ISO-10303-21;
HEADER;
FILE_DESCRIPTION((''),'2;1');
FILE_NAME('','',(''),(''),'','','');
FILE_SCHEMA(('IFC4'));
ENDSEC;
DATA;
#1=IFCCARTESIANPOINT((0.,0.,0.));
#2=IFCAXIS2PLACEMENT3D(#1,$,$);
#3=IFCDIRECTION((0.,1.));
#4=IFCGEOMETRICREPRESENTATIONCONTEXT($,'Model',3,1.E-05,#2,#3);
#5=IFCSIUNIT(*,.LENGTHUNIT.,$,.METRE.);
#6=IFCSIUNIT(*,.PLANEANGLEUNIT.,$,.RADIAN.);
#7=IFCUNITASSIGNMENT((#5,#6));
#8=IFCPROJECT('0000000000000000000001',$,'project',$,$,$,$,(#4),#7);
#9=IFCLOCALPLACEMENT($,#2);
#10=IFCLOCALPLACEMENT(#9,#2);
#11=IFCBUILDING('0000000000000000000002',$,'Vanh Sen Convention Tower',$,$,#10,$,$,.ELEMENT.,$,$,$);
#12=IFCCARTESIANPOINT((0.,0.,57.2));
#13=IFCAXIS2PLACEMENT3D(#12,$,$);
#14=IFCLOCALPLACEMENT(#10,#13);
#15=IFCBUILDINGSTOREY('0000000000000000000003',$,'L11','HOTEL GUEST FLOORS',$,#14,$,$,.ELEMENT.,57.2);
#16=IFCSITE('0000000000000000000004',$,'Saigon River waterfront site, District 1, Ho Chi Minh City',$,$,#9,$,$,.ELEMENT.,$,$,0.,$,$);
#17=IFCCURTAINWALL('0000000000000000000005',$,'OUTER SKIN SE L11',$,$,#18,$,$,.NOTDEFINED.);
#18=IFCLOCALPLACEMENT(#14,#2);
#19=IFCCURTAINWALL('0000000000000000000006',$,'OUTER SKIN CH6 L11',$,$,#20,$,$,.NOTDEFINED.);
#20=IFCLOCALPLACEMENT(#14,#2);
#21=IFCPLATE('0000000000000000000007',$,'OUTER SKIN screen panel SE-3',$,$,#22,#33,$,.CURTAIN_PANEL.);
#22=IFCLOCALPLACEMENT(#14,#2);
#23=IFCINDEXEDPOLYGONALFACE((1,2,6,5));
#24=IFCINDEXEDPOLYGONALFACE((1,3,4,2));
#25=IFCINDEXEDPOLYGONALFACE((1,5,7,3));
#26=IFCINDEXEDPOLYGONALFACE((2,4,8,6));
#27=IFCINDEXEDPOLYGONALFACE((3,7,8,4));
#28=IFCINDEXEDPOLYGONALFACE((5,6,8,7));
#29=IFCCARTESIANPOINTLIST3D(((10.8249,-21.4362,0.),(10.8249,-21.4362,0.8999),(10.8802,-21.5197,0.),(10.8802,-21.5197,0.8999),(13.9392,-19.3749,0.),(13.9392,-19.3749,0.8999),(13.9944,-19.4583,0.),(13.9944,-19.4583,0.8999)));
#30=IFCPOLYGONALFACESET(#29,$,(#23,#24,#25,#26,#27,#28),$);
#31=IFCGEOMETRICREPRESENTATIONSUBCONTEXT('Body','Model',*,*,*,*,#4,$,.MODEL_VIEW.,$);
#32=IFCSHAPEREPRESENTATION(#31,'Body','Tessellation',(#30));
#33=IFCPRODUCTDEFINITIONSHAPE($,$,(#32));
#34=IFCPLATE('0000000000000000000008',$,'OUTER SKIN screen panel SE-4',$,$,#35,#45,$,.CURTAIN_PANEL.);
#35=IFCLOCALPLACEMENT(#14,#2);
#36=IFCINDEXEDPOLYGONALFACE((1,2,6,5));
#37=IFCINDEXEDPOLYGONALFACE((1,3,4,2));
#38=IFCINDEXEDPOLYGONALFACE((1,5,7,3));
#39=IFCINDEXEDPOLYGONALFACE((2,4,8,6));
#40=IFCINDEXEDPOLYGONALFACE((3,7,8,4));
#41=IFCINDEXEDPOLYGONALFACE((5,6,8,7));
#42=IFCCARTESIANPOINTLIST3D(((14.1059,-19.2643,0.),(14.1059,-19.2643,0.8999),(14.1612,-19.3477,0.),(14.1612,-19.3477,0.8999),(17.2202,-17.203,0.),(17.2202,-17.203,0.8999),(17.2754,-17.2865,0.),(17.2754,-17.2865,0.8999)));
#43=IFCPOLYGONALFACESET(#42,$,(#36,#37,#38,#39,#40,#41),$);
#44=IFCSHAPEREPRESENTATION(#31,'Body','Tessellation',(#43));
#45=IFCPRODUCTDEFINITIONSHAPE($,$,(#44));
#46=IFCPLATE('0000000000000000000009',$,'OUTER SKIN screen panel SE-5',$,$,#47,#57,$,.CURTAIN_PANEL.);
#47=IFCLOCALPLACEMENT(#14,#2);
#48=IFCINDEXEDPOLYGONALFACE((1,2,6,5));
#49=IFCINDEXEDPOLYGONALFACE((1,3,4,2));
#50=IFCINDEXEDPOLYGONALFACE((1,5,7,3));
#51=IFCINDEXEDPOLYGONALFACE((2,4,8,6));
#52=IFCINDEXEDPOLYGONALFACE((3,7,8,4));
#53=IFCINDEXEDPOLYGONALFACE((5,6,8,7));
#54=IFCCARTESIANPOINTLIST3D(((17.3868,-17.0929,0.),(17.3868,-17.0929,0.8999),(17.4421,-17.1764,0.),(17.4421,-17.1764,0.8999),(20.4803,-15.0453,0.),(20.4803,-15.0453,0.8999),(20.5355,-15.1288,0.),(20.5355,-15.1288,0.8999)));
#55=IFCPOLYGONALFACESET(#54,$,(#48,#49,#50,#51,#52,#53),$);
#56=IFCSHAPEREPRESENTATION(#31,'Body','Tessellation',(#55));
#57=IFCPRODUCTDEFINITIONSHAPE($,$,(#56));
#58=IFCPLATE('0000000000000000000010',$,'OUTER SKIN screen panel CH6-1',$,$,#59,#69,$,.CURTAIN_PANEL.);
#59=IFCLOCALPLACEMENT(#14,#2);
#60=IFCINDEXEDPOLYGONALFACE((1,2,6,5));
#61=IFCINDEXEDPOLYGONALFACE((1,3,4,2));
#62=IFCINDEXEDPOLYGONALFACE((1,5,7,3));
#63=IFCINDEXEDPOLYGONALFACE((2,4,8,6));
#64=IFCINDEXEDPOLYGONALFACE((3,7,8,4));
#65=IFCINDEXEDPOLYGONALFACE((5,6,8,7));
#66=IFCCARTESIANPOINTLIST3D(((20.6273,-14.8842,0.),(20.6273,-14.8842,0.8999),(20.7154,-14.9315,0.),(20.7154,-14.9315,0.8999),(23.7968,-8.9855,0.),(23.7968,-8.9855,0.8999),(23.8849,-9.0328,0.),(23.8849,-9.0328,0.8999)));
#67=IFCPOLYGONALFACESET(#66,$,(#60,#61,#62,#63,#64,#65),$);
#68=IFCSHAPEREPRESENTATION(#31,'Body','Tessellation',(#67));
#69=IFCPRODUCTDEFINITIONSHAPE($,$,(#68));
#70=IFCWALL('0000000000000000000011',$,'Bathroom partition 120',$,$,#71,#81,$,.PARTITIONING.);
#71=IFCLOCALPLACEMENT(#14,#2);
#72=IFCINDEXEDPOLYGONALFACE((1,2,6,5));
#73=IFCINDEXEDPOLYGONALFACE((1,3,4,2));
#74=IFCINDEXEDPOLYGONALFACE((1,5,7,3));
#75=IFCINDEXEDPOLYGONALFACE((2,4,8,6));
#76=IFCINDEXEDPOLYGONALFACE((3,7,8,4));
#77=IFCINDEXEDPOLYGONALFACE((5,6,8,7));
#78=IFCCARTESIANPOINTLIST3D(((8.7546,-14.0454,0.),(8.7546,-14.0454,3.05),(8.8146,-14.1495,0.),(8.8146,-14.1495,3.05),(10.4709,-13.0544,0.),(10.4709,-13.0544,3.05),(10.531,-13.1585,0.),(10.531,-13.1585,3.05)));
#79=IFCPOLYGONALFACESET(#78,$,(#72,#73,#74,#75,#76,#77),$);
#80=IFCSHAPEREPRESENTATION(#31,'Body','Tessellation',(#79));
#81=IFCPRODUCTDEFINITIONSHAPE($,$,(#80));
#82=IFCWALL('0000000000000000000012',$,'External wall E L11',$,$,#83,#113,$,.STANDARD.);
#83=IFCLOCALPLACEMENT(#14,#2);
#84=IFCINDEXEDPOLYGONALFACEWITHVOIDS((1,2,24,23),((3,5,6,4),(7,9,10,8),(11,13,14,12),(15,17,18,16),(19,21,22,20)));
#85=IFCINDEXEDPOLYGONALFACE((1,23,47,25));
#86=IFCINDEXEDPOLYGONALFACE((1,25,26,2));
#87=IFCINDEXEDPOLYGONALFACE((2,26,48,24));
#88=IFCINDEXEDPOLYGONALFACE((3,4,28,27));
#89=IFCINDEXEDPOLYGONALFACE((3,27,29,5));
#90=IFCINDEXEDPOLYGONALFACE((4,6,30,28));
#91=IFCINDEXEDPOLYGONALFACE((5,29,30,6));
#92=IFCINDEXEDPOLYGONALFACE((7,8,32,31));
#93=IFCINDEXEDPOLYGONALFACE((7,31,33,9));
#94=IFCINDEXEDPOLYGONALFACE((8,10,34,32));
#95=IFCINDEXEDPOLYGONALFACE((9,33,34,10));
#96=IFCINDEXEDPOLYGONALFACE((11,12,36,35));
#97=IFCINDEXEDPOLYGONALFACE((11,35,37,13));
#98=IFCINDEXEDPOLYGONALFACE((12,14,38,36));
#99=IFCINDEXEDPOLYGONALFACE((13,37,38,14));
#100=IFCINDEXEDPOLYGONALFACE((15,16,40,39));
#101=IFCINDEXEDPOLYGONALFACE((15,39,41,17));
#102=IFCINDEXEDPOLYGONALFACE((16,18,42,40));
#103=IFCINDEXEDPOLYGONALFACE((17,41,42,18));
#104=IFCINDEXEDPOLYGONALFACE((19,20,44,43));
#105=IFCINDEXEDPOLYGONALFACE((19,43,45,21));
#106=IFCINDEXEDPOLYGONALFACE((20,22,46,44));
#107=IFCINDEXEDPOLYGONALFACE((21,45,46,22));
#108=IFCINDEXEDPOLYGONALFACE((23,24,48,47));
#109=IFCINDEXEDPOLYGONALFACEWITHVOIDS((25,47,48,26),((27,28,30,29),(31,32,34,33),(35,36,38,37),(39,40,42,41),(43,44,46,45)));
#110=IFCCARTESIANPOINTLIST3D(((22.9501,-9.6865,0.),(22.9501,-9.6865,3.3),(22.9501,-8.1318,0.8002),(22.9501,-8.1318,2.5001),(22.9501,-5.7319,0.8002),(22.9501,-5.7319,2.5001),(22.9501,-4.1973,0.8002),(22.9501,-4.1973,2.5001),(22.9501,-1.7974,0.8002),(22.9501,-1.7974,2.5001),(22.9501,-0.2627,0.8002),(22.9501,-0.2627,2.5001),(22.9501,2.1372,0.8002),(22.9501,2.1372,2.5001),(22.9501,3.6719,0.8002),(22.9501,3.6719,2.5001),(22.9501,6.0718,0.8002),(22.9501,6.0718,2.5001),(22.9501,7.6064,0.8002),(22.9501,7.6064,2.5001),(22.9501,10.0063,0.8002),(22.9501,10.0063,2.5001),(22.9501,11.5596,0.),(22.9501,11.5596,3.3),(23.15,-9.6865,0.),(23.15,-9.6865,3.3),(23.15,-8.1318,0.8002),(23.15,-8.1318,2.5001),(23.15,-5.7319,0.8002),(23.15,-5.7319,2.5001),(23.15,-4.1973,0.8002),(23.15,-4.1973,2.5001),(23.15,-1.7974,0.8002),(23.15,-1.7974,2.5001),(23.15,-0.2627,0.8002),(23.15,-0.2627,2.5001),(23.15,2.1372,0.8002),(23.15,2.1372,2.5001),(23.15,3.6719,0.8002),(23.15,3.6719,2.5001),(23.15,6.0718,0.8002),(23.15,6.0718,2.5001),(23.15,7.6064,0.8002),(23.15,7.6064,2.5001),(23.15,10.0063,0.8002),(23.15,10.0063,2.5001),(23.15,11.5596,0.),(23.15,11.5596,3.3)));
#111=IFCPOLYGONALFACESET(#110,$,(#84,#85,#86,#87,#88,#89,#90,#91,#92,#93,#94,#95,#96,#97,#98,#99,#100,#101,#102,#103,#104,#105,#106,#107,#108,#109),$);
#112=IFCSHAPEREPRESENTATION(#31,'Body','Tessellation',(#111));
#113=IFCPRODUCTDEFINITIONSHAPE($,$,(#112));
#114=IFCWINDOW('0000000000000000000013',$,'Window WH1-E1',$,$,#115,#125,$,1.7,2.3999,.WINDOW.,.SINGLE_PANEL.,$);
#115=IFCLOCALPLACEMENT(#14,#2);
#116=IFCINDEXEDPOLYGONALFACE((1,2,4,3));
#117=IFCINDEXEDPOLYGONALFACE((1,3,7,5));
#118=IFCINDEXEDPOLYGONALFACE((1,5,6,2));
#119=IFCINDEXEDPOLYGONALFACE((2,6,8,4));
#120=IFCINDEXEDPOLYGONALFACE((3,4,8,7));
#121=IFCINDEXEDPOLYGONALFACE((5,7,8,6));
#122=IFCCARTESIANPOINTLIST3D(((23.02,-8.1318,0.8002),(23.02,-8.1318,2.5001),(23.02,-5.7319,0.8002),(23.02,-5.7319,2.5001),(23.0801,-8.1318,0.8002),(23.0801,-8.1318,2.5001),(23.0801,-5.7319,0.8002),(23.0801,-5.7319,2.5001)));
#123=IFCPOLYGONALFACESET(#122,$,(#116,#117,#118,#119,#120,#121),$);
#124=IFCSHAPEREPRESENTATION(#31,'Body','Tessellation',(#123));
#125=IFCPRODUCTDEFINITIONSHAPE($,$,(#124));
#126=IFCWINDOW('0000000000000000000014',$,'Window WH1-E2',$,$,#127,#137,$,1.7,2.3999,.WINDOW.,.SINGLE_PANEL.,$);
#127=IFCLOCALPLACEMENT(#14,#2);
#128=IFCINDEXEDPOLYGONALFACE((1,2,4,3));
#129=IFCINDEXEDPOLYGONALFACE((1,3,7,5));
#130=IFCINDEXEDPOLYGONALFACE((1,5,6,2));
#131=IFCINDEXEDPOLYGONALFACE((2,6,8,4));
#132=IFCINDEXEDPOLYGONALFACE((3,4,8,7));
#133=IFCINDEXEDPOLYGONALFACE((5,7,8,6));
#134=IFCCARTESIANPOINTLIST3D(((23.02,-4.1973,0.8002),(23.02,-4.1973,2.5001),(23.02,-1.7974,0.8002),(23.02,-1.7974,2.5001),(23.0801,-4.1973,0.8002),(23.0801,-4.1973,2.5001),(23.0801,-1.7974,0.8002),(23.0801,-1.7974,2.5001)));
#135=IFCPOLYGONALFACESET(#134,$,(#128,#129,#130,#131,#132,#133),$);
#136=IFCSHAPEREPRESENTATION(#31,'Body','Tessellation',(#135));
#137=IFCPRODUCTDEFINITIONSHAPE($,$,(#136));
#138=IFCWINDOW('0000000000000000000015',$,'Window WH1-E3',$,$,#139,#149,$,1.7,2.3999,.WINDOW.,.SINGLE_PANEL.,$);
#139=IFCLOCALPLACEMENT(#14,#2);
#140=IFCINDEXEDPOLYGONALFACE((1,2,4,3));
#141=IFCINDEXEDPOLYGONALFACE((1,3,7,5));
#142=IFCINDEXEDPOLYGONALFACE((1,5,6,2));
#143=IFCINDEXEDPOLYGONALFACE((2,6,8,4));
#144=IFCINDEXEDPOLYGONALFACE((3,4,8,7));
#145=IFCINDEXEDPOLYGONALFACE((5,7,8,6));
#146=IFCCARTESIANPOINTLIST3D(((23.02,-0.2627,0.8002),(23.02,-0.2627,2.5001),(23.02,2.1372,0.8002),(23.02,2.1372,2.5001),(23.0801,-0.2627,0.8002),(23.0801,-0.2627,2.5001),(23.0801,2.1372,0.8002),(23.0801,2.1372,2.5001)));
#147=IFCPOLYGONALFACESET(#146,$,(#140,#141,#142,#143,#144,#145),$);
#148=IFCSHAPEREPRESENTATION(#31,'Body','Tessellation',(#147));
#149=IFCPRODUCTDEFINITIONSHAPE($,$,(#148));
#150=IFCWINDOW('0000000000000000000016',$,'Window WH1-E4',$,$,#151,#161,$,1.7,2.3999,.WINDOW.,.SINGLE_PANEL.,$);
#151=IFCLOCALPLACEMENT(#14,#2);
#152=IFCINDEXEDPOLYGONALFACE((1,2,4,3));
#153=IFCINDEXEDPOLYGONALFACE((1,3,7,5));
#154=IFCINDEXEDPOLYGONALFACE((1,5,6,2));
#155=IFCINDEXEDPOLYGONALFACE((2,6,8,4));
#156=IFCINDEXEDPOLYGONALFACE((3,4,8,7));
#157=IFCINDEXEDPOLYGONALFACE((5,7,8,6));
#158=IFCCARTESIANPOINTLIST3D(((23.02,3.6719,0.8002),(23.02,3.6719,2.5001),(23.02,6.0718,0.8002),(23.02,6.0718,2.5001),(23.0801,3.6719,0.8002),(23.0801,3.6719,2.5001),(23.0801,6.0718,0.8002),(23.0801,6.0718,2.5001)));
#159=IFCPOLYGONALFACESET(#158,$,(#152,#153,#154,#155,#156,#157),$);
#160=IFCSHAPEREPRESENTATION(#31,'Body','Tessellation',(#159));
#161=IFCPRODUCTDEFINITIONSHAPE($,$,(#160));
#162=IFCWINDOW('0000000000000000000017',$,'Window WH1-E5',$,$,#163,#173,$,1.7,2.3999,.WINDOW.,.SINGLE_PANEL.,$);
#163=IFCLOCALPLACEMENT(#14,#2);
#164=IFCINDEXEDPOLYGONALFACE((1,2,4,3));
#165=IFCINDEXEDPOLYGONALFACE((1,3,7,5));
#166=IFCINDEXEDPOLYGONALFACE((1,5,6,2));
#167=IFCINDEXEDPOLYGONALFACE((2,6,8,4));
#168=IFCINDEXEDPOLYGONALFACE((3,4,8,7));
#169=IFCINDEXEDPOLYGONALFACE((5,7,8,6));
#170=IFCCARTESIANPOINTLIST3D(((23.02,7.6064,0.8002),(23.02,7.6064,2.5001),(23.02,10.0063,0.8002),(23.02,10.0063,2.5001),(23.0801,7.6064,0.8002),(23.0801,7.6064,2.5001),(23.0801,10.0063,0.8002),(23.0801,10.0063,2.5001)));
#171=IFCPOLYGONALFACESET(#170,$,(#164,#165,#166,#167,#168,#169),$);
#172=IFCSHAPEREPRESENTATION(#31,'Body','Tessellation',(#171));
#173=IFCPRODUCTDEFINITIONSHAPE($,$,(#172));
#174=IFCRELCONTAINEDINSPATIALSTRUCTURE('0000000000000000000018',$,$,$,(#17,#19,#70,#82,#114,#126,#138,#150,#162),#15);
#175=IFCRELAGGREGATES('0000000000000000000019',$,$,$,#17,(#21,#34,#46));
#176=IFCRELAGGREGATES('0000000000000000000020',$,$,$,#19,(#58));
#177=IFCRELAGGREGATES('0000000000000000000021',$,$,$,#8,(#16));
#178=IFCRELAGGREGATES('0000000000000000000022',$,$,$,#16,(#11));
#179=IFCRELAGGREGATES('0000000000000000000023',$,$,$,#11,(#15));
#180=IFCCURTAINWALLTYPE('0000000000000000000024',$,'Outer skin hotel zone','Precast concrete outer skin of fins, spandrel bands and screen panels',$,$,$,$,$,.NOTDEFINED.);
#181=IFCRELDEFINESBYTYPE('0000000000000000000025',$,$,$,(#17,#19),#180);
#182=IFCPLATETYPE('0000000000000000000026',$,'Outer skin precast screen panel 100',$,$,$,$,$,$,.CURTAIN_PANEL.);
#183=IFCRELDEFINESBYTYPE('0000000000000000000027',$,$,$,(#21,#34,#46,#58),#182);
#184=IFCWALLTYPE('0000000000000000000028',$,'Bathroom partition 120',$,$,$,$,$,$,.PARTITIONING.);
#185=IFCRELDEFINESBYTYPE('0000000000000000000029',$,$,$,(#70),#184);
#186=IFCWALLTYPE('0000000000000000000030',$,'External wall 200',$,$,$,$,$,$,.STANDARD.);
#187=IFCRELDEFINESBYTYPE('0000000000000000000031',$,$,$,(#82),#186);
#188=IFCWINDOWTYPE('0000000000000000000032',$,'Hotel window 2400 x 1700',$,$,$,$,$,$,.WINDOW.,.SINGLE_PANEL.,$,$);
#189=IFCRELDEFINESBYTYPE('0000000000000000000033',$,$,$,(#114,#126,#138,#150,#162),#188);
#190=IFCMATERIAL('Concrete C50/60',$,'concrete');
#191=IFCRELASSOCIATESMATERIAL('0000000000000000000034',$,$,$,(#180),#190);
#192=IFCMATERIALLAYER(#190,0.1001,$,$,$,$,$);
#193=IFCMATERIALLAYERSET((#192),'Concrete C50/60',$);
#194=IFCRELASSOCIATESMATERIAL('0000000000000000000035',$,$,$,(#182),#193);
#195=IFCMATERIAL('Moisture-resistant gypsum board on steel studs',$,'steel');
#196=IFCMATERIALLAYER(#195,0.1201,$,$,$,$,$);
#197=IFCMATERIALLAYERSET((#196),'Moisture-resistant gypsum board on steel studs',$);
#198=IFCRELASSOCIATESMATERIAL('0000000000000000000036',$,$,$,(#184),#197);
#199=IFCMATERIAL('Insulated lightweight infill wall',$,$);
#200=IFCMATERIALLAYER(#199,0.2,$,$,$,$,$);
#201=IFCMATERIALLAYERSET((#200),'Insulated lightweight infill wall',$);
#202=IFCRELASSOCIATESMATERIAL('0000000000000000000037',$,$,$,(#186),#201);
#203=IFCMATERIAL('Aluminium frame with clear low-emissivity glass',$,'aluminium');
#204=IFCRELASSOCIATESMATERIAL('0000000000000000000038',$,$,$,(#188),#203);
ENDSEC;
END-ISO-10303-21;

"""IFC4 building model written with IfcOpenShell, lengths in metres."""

from ifc_helpers import new_model, si_unit, direction, frame, frame_2d, origin, origin_2d, place, context, subcontext, project, spatial, rectangle, extrude, material, layer, layer_set, type_object, element, fill, aggregate, save


model = new_model("IFC4")

# Units and contexts
model_context = context("Model", 3, precision=1e-05, world=origin(), true_north=direction((0.0, 1.0)))
body_context = subcontext(model_context, "Body", "Model", "MODEL_VIEW")
ifc_project = project(units=[si_unit("LENGTHUNIT", "METRE"), si_unit("PLANEANGLEUNIT", "RADIAN")], contexts=[model_context])

# Site, building, storey
site_placement = place(None, origin())
site = spatial("IfcSite", under=ifc_project, at=site_placement, Name="Saigon River waterfront site, District 1, Ho Chi Minh City", CompositionType="ELEMENT", RefElevation=0.0)
building_placement = place(site_placement, origin())
building = spatial("IfcBuilding", under=site, at=building_placement, Name="Vanh Sen Convention Tower", CompositionType="ELEMENT")
storey_placement = place(building_placement, frame((0.0, 0.0, 57.2)))
storey = spatial("IfcBuildingStorey", under=building, at=storey_placement, Name="L11", Description="HOTEL GUEST FLOORS", CompositionType="ELEMENT", Elevation=57.2)

# Curtain wall
ifc_material_1 = material(Name="Concrete C50/60", Category="concrete")
curtain_wall_type = type_object("IfcCurtainWallType", Name="Outer skin hotel zone", Description="Precast concrete outer skin of fins, spandrel bands and screen panels", PredefinedType="NOTDEFINED", material=ifc_material_1)
curtain_wall_1_placement = place(storey_placement, origin())
curtain_wall_1 = element("IfcCurtainWall", 1, at=curtain_wall_1_placement, inside=storey, type_object=curtain_wall_type, Name="OUTER SKIN SE L11", PredefinedType="NOTDEFINED")

# Curtain wall
curtain_wall_2_placement = place(storey_placement, origin())
curtain_wall_2 = element("IfcCurtainWall", 2, at=curtain_wall_2_placement, inside=storey, type_object=curtain_wall_type, Name="OUTER SKIN CH6 L11", PredefinedType="NOTDEFINED")

# Plates
ifc_layer_1 = layer(ifc_material_1, 0.1001)
ifc_layer_set_1 = layer_set([ifc_layer_1], Name="Concrete C50/60")
plate_type = type_object("IfcPlateType", Name="Outer skin precast screen panel 100", PredefinedType="CURTAIN_PANEL", material=ifc_layer_set_1)
plate_1_placement = place(storey_placement, frame((12.4097, -20.4473, 0.0), z_axis=(0.0, 0.0, 1.0), x_axis=(0.83388, 0.551946, 0.0)))
plate_1 = element("IfcPlate", 3, at=plate_1_placement, type_object=plate_type, Name="OUTER SKIN screen panel SE-3", PredefinedType="CURTAIN_PANEL", context=body_context, shape_type="SweptSolid", body=[
    extrude(rectangle(XDim=3.7346, YDim=0.1001, at=origin_2d()), origin(), (0.0, 0.0, 1.0), 0.8999),
])
plate_2_placement = place(storey_placement, frame((15.6907, -18.2754, 0.0), z_axis=(0.0, 0.0, 1.0), x_axis=(0.833892, 0.551928, 0.0)))
plate_2 = element("IfcPlate", 4, at=plate_2_placement, type_object=plate_type, Name="OUTER SKIN screen panel SE-4", PredefinedType="CURTAIN_PANEL", context=body_context, shape_type="SweptSolid", body=[
    extrude(rectangle(XDim=3.7346, YDim=0.1001, at=origin_2d()), origin(), (0.0, 0.0, 1.0), 0.8999),
])
plate_3_placement = place(storey_placement, frame((18.9612, -16.1108, 0.0), z_axis=(0.0, 0.0, 1.0), x_axis=(0.83388, 0.551946, 0.0)))
plate_3 = element("IfcPlate", 5, at=plate_3_placement, type_object=plate_type, Name="OUTER SKIN screen panel SE-5", PredefinedType="CURTAIN_PANEL", context=body_context, shape_type="SweptSolid", body=[
    extrude(rectangle(XDim=3.7097, YDim=0.1001, at=origin_2d()), origin(), (0.0, 0.0, 1.0), 0.8999),
])
aggregate(curtain_wall_1, [plate_1, plate_2, plate_3])
plate_4_placement = place(storey_placement, frame((22.2561, -11.9585, 0.0), z_axis=(0.0, 0.0, 1.0), x_axis=(0.473323, 0.880889, 0.0)))
plate_4 = element("IfcPlate", 6, at=plate_4_placement, type_object=plate_type, Name="OUTER SKIN screen panel CH6-1", PredefinedType="CURTAIN_PANEL", context=body_context, shape_type="SweptSolid", body=[
    extrude(rectangle(XDim=6.6963, YDim=0.1001, at=origin_2d()), origin(), (0.0, 0.0, 1.0), 0.8999),
])
aggregate(curtain_wall_2, [plate_4])

# Wall
ifc_material_2 = material(Name="Moisture-resistant gypsum board on steel studs", Category="steel")
ifc_layer_2 = layer(ifc_material_2, 0.1201)
ifc_layer_set_2 = layer_set([ifc_layer_2], Name="Moisture-resistant gypsum board on steel studs")
wall_type_1 = type_object("IfcWallType", Name="Bathroom partition 120", PredefinedType="PARTITIONING", material=ifc_layer_set_2)
wall_1_placement = place(storey_placement, frame((10.501, -13.1064, 0.0), z_axis=(0.0, 0.0, 1.0), x_axis=(-0.866013, -0.500021, 0.0)))
element("IfcWall", 7, at=wall_1_placement, inside=storey, type_object=wall_type_1, Name="Bathroom partition 120", PredefinedType="PARTITIONING", context=body_context, shape_type="SweptSolid", body=[
    extrude(rectangle(XDim=1.9819, YDim=0.1201, at=frame_2d((0.991, 0.0))), origin(), (0.0, 0.0, 1.0), 3.05),
])

# Wall, openings, windows
ifc_material_3 = material(Name="Insulated lightweight infill wall")
ifc_layer_3 = layer(ifc_material_3, 0.2)
ifc_layer_set_3 = layer_set([ifc_layer_3], Name="Insulated lightweight infill wall")
wall_type_2 = type_object("IfcWallType", Name="External wall 200", PredefinedType="STANDARD", material=ifc_layer_set_3)
wall_2_placement = place(storey_placement, frame((23.05, -9.6865, 0.0), z_axis=(0.0, 0.0, 1.0), x_axis=(0.0, 1.0, 0.0)))
wall_2 = element("IfcWall", 8, at=wall_2_placement, inside=storey, type_object=wall_type_2, Name="External wall E L11", PredefinedType="STANDARD", context=body_context, shape_type="SweptSolid", body=[
    extrude(rectangle(XDim=21.2461, YDim=0.2, at=frame_2d((10.623, 0.0))), origin(), (0.0, 0.0, 1.0), 3.3),
])
opening_1_placement = place(wall_2_placement, frame((1.5547, 0.0, 0.8)))
opening_1 = element("IfcOpeningElement", 9, at=opening_1_placement, cuts=wall_2, PredefinedType="OPENING", context=body_context, shape_type="SweptSolid", body=[
    extrude(rectangle(XDim=2.3999, YDim=1.7, at=frame_2d((1.2, 0.8501))), frame((0.0, 0.1099, 0.0), z_axis=(0.0, -1.0, 0.0), x_axis=(1.0, 0.0, 0.0)), (0.0, 0.0, 1.0), 0.22),
])
opening_2_placement = place(wall_2_placement, frame((5.4893, 0.0, 0.8)))
opening_2 = element("IfcOpeningElement", 10, at=opening_2_placement, cuts=wall_2, PredefinedType="OPENING", context=body_context, shape_type="SweptSolid", body=[
    extrude(rectangle(XDim=2.3999, YDim=1.7, at=frame_2d((1.2, 0.8501))), frame((0.0, 0.1099, 0.0), z_axis=(0.0, -1.0, 0.0), x_axis=(1.0, 0.0, 0.0)), (0.0, 0.0, 1.0), 0.22),
])
opening_3_placement = place(wall_2_placement, frame((9.4238, 0.0, 0.8)))
opening_3 = element("IfcOpeningElement", 11, at=opening_3_placement, cuts=wall_2, PredefinedType="OPENING", context=body_context, shape_type="SweptSolid", body=[
    extrude(rectangle(XDim=2.3999, YDim=1.7, at=frame_2d((1.2, 0.8501))), frame((0.0, 0.1099, 0.0), z_axis=(0.0, -1.0, 0.0), x_axis=(1.0, 0.0, 0.0)), (0.0, 0.0, 1.0), 0.22),
])
opening_4_placement = place(wall_2_placement, frame((13.3584, 0.0, 0.8)))
opening_4 = element("IfcOpeningElement", 12, at=opening_4_placement, cuts=wall_2, PredefinedType="OPENING", context=body_context, shape_type="SweptSolid", body=[
    extrude(rectangle(XDim=2.3999, YDim=1.7, at=frame_2d((1.2, 0.8501))), frame((0.0, 0.1099, 0.0), z_axis=(0.0, -1.0, 0.0), x_axis=(1.0, 0.0, 0.0)), (0.0, 0.0, 1.0), 0.22),
])
opening_5_placement = place(wall_2_placement, frame((17.293, 0.0, 0.8)))
opening_5 = element("IfcOpeningElement", 13, at=opening_5_placement, cuts=wall_2, PredefinedType="OPENING", context=body_context, shape_type="SweptSolid", body=[
    extrude(rectangle(XDim=2.3999, YDim=1.7, at=frame_2d((1.2, 0.8501))), frame((0.0, 0.1099, 0.0), z_axis=(0.0, -1.0, 0.0), x_axis=(1.0, 0.0, 0.0)), (0.0, 0.0, 1.0), 0.22),
])
ifc_material_4 = material(Name="Aluminium frame with clear low-emissivity glass", Category="aluminium")
window_type_1 = type_object("IfcWindowType", Name="Hotel window 2400 x 1700", PartitioningType="SINGLE_PANEL", PredefinedType="WINDOW", material=ifc_material_4)
window_1_placement = place(opening_1_placement, origin())
window_1 = element("IfcWindow", 14, at=window_1_placement, inside=storey, type_object=window_type_1, Name="Window WH1-E1", OverallHeight=1.7, OverallWidth=2.3999, PartitioningType="SINGLE_PANEL", PredefinedType="WINDOW", context=body_context, shape_type="SweptSolid", body=[
    extrude(rectangle(XDim=2.3999, YDim=1.7, at=frame_2d((1.2, 0.8501))), frame((0.0, 0.03, 0.0), z_axis=(0.0, -1.0, 0.0), x_axis=(1.0, 0.0, 0.0)), (0.0, 0.0, 1.0), 0.0601),
])
fill(opening_1, window_1)
window_2_placement = place(opening_2_placement, origin())
window_2 = element("IfcWindow", 15, at=window_2_placement, inside=storey, type_object=window_type_1, Name="Window WH1-E2", OverallHeight=1.7, OverallWidth=2.3999, PartitioningType="SINGLE_PANEL", PredefinedType="WINDOW", context=body_context, shape_type="SweptSolid", body=[
    extrude(rectangle(XDim=2.3999, YDim=1.7, at=frame_2d((1.2, 0.8501))), frame((0.0, 0.03, 0.0), z_axis=(0.0, -1.0, 0.0), x_axis=(1.0, 0.0, 0.0)), (0.0, 0.0, 1.0), 0.0601),
])
fill(opening_2, window_2)
window_3_placement = place(opening_3_placement, origin())
window_3 = element("IfcWindow", 16, at=window_3_placement, inside=storey, type_object=window_type_1, Name="Window WH1-E3", OverallHeight=1.7, OverallWidth=2.3999, PartitioningType="SINGLE_PANEL", PredefinedType="WINDOW", context=body_context, shape_type="SweptSolid", body=[
    extrude(rectangle(XDim=2.3999, YDim=1.7, at=frame_2d((1.2, 0.8501))), frame((0.0, 0.03, 0.0), z_axis=(0.0, -1.0, 0.0), x_axis=(1.0, 0.0, 0.0)), (0.0, 0.0, 1.0), 0.0601),
])
fill(opening_3, window_3)
window_4_placement = place(opening_4_placement, origin())
window_4 = element("IfcWindow", 17, at=window_4_placement, inside=storey, type_object=window_type_1, Name="Window WH1-E4", OverallHeight=1.7, OverallWidth=2.3999, PartitioningType="SINGLE_PANEL", PredefinedType="WINDOW", context=body_context, shape_type="SweptSolid", body=[
    extrude(rectangle(XDim=2.3999, YDim=1.7, at=frame_2d((1.2, 0.8501))), frame((0.0, 0.03, 0.0), z_axis=(0.0, -1.0, 0.0), x_axis=(1.0, 0.0, 0.0)), (0.0, 0.0, 1.0), 0.0601),
])
fill(opening_4, window_4)
window_5_placement = place(opening_5_placement, origin())
window_5 = element("IfcWindow", 18, at=window_5_placement, inside=storey, type_object=window_type_1, Name="Window WH1-E5", OverallHeight=1.7, OverallWidth=2.3999, PartitioningType="SINGLE_PANEL", PredefinedType="WINDOW", context=body_context, shape_type="SweptSolid", body=[
    extrude(rectangle(XDim=2.3999, YDim=1.7, at=frame_2d((1.2, 0.8501))), frame((0.0, 0.03, 0.0), z_axis=(0.0, -1.0, 0.0), x_axis=(1.0, 0.0, 0.0)), (0.0, 0.0, 1.0), 0.0601),
])
fill(opening_5, window_5)

save(model, "model.ifc")
